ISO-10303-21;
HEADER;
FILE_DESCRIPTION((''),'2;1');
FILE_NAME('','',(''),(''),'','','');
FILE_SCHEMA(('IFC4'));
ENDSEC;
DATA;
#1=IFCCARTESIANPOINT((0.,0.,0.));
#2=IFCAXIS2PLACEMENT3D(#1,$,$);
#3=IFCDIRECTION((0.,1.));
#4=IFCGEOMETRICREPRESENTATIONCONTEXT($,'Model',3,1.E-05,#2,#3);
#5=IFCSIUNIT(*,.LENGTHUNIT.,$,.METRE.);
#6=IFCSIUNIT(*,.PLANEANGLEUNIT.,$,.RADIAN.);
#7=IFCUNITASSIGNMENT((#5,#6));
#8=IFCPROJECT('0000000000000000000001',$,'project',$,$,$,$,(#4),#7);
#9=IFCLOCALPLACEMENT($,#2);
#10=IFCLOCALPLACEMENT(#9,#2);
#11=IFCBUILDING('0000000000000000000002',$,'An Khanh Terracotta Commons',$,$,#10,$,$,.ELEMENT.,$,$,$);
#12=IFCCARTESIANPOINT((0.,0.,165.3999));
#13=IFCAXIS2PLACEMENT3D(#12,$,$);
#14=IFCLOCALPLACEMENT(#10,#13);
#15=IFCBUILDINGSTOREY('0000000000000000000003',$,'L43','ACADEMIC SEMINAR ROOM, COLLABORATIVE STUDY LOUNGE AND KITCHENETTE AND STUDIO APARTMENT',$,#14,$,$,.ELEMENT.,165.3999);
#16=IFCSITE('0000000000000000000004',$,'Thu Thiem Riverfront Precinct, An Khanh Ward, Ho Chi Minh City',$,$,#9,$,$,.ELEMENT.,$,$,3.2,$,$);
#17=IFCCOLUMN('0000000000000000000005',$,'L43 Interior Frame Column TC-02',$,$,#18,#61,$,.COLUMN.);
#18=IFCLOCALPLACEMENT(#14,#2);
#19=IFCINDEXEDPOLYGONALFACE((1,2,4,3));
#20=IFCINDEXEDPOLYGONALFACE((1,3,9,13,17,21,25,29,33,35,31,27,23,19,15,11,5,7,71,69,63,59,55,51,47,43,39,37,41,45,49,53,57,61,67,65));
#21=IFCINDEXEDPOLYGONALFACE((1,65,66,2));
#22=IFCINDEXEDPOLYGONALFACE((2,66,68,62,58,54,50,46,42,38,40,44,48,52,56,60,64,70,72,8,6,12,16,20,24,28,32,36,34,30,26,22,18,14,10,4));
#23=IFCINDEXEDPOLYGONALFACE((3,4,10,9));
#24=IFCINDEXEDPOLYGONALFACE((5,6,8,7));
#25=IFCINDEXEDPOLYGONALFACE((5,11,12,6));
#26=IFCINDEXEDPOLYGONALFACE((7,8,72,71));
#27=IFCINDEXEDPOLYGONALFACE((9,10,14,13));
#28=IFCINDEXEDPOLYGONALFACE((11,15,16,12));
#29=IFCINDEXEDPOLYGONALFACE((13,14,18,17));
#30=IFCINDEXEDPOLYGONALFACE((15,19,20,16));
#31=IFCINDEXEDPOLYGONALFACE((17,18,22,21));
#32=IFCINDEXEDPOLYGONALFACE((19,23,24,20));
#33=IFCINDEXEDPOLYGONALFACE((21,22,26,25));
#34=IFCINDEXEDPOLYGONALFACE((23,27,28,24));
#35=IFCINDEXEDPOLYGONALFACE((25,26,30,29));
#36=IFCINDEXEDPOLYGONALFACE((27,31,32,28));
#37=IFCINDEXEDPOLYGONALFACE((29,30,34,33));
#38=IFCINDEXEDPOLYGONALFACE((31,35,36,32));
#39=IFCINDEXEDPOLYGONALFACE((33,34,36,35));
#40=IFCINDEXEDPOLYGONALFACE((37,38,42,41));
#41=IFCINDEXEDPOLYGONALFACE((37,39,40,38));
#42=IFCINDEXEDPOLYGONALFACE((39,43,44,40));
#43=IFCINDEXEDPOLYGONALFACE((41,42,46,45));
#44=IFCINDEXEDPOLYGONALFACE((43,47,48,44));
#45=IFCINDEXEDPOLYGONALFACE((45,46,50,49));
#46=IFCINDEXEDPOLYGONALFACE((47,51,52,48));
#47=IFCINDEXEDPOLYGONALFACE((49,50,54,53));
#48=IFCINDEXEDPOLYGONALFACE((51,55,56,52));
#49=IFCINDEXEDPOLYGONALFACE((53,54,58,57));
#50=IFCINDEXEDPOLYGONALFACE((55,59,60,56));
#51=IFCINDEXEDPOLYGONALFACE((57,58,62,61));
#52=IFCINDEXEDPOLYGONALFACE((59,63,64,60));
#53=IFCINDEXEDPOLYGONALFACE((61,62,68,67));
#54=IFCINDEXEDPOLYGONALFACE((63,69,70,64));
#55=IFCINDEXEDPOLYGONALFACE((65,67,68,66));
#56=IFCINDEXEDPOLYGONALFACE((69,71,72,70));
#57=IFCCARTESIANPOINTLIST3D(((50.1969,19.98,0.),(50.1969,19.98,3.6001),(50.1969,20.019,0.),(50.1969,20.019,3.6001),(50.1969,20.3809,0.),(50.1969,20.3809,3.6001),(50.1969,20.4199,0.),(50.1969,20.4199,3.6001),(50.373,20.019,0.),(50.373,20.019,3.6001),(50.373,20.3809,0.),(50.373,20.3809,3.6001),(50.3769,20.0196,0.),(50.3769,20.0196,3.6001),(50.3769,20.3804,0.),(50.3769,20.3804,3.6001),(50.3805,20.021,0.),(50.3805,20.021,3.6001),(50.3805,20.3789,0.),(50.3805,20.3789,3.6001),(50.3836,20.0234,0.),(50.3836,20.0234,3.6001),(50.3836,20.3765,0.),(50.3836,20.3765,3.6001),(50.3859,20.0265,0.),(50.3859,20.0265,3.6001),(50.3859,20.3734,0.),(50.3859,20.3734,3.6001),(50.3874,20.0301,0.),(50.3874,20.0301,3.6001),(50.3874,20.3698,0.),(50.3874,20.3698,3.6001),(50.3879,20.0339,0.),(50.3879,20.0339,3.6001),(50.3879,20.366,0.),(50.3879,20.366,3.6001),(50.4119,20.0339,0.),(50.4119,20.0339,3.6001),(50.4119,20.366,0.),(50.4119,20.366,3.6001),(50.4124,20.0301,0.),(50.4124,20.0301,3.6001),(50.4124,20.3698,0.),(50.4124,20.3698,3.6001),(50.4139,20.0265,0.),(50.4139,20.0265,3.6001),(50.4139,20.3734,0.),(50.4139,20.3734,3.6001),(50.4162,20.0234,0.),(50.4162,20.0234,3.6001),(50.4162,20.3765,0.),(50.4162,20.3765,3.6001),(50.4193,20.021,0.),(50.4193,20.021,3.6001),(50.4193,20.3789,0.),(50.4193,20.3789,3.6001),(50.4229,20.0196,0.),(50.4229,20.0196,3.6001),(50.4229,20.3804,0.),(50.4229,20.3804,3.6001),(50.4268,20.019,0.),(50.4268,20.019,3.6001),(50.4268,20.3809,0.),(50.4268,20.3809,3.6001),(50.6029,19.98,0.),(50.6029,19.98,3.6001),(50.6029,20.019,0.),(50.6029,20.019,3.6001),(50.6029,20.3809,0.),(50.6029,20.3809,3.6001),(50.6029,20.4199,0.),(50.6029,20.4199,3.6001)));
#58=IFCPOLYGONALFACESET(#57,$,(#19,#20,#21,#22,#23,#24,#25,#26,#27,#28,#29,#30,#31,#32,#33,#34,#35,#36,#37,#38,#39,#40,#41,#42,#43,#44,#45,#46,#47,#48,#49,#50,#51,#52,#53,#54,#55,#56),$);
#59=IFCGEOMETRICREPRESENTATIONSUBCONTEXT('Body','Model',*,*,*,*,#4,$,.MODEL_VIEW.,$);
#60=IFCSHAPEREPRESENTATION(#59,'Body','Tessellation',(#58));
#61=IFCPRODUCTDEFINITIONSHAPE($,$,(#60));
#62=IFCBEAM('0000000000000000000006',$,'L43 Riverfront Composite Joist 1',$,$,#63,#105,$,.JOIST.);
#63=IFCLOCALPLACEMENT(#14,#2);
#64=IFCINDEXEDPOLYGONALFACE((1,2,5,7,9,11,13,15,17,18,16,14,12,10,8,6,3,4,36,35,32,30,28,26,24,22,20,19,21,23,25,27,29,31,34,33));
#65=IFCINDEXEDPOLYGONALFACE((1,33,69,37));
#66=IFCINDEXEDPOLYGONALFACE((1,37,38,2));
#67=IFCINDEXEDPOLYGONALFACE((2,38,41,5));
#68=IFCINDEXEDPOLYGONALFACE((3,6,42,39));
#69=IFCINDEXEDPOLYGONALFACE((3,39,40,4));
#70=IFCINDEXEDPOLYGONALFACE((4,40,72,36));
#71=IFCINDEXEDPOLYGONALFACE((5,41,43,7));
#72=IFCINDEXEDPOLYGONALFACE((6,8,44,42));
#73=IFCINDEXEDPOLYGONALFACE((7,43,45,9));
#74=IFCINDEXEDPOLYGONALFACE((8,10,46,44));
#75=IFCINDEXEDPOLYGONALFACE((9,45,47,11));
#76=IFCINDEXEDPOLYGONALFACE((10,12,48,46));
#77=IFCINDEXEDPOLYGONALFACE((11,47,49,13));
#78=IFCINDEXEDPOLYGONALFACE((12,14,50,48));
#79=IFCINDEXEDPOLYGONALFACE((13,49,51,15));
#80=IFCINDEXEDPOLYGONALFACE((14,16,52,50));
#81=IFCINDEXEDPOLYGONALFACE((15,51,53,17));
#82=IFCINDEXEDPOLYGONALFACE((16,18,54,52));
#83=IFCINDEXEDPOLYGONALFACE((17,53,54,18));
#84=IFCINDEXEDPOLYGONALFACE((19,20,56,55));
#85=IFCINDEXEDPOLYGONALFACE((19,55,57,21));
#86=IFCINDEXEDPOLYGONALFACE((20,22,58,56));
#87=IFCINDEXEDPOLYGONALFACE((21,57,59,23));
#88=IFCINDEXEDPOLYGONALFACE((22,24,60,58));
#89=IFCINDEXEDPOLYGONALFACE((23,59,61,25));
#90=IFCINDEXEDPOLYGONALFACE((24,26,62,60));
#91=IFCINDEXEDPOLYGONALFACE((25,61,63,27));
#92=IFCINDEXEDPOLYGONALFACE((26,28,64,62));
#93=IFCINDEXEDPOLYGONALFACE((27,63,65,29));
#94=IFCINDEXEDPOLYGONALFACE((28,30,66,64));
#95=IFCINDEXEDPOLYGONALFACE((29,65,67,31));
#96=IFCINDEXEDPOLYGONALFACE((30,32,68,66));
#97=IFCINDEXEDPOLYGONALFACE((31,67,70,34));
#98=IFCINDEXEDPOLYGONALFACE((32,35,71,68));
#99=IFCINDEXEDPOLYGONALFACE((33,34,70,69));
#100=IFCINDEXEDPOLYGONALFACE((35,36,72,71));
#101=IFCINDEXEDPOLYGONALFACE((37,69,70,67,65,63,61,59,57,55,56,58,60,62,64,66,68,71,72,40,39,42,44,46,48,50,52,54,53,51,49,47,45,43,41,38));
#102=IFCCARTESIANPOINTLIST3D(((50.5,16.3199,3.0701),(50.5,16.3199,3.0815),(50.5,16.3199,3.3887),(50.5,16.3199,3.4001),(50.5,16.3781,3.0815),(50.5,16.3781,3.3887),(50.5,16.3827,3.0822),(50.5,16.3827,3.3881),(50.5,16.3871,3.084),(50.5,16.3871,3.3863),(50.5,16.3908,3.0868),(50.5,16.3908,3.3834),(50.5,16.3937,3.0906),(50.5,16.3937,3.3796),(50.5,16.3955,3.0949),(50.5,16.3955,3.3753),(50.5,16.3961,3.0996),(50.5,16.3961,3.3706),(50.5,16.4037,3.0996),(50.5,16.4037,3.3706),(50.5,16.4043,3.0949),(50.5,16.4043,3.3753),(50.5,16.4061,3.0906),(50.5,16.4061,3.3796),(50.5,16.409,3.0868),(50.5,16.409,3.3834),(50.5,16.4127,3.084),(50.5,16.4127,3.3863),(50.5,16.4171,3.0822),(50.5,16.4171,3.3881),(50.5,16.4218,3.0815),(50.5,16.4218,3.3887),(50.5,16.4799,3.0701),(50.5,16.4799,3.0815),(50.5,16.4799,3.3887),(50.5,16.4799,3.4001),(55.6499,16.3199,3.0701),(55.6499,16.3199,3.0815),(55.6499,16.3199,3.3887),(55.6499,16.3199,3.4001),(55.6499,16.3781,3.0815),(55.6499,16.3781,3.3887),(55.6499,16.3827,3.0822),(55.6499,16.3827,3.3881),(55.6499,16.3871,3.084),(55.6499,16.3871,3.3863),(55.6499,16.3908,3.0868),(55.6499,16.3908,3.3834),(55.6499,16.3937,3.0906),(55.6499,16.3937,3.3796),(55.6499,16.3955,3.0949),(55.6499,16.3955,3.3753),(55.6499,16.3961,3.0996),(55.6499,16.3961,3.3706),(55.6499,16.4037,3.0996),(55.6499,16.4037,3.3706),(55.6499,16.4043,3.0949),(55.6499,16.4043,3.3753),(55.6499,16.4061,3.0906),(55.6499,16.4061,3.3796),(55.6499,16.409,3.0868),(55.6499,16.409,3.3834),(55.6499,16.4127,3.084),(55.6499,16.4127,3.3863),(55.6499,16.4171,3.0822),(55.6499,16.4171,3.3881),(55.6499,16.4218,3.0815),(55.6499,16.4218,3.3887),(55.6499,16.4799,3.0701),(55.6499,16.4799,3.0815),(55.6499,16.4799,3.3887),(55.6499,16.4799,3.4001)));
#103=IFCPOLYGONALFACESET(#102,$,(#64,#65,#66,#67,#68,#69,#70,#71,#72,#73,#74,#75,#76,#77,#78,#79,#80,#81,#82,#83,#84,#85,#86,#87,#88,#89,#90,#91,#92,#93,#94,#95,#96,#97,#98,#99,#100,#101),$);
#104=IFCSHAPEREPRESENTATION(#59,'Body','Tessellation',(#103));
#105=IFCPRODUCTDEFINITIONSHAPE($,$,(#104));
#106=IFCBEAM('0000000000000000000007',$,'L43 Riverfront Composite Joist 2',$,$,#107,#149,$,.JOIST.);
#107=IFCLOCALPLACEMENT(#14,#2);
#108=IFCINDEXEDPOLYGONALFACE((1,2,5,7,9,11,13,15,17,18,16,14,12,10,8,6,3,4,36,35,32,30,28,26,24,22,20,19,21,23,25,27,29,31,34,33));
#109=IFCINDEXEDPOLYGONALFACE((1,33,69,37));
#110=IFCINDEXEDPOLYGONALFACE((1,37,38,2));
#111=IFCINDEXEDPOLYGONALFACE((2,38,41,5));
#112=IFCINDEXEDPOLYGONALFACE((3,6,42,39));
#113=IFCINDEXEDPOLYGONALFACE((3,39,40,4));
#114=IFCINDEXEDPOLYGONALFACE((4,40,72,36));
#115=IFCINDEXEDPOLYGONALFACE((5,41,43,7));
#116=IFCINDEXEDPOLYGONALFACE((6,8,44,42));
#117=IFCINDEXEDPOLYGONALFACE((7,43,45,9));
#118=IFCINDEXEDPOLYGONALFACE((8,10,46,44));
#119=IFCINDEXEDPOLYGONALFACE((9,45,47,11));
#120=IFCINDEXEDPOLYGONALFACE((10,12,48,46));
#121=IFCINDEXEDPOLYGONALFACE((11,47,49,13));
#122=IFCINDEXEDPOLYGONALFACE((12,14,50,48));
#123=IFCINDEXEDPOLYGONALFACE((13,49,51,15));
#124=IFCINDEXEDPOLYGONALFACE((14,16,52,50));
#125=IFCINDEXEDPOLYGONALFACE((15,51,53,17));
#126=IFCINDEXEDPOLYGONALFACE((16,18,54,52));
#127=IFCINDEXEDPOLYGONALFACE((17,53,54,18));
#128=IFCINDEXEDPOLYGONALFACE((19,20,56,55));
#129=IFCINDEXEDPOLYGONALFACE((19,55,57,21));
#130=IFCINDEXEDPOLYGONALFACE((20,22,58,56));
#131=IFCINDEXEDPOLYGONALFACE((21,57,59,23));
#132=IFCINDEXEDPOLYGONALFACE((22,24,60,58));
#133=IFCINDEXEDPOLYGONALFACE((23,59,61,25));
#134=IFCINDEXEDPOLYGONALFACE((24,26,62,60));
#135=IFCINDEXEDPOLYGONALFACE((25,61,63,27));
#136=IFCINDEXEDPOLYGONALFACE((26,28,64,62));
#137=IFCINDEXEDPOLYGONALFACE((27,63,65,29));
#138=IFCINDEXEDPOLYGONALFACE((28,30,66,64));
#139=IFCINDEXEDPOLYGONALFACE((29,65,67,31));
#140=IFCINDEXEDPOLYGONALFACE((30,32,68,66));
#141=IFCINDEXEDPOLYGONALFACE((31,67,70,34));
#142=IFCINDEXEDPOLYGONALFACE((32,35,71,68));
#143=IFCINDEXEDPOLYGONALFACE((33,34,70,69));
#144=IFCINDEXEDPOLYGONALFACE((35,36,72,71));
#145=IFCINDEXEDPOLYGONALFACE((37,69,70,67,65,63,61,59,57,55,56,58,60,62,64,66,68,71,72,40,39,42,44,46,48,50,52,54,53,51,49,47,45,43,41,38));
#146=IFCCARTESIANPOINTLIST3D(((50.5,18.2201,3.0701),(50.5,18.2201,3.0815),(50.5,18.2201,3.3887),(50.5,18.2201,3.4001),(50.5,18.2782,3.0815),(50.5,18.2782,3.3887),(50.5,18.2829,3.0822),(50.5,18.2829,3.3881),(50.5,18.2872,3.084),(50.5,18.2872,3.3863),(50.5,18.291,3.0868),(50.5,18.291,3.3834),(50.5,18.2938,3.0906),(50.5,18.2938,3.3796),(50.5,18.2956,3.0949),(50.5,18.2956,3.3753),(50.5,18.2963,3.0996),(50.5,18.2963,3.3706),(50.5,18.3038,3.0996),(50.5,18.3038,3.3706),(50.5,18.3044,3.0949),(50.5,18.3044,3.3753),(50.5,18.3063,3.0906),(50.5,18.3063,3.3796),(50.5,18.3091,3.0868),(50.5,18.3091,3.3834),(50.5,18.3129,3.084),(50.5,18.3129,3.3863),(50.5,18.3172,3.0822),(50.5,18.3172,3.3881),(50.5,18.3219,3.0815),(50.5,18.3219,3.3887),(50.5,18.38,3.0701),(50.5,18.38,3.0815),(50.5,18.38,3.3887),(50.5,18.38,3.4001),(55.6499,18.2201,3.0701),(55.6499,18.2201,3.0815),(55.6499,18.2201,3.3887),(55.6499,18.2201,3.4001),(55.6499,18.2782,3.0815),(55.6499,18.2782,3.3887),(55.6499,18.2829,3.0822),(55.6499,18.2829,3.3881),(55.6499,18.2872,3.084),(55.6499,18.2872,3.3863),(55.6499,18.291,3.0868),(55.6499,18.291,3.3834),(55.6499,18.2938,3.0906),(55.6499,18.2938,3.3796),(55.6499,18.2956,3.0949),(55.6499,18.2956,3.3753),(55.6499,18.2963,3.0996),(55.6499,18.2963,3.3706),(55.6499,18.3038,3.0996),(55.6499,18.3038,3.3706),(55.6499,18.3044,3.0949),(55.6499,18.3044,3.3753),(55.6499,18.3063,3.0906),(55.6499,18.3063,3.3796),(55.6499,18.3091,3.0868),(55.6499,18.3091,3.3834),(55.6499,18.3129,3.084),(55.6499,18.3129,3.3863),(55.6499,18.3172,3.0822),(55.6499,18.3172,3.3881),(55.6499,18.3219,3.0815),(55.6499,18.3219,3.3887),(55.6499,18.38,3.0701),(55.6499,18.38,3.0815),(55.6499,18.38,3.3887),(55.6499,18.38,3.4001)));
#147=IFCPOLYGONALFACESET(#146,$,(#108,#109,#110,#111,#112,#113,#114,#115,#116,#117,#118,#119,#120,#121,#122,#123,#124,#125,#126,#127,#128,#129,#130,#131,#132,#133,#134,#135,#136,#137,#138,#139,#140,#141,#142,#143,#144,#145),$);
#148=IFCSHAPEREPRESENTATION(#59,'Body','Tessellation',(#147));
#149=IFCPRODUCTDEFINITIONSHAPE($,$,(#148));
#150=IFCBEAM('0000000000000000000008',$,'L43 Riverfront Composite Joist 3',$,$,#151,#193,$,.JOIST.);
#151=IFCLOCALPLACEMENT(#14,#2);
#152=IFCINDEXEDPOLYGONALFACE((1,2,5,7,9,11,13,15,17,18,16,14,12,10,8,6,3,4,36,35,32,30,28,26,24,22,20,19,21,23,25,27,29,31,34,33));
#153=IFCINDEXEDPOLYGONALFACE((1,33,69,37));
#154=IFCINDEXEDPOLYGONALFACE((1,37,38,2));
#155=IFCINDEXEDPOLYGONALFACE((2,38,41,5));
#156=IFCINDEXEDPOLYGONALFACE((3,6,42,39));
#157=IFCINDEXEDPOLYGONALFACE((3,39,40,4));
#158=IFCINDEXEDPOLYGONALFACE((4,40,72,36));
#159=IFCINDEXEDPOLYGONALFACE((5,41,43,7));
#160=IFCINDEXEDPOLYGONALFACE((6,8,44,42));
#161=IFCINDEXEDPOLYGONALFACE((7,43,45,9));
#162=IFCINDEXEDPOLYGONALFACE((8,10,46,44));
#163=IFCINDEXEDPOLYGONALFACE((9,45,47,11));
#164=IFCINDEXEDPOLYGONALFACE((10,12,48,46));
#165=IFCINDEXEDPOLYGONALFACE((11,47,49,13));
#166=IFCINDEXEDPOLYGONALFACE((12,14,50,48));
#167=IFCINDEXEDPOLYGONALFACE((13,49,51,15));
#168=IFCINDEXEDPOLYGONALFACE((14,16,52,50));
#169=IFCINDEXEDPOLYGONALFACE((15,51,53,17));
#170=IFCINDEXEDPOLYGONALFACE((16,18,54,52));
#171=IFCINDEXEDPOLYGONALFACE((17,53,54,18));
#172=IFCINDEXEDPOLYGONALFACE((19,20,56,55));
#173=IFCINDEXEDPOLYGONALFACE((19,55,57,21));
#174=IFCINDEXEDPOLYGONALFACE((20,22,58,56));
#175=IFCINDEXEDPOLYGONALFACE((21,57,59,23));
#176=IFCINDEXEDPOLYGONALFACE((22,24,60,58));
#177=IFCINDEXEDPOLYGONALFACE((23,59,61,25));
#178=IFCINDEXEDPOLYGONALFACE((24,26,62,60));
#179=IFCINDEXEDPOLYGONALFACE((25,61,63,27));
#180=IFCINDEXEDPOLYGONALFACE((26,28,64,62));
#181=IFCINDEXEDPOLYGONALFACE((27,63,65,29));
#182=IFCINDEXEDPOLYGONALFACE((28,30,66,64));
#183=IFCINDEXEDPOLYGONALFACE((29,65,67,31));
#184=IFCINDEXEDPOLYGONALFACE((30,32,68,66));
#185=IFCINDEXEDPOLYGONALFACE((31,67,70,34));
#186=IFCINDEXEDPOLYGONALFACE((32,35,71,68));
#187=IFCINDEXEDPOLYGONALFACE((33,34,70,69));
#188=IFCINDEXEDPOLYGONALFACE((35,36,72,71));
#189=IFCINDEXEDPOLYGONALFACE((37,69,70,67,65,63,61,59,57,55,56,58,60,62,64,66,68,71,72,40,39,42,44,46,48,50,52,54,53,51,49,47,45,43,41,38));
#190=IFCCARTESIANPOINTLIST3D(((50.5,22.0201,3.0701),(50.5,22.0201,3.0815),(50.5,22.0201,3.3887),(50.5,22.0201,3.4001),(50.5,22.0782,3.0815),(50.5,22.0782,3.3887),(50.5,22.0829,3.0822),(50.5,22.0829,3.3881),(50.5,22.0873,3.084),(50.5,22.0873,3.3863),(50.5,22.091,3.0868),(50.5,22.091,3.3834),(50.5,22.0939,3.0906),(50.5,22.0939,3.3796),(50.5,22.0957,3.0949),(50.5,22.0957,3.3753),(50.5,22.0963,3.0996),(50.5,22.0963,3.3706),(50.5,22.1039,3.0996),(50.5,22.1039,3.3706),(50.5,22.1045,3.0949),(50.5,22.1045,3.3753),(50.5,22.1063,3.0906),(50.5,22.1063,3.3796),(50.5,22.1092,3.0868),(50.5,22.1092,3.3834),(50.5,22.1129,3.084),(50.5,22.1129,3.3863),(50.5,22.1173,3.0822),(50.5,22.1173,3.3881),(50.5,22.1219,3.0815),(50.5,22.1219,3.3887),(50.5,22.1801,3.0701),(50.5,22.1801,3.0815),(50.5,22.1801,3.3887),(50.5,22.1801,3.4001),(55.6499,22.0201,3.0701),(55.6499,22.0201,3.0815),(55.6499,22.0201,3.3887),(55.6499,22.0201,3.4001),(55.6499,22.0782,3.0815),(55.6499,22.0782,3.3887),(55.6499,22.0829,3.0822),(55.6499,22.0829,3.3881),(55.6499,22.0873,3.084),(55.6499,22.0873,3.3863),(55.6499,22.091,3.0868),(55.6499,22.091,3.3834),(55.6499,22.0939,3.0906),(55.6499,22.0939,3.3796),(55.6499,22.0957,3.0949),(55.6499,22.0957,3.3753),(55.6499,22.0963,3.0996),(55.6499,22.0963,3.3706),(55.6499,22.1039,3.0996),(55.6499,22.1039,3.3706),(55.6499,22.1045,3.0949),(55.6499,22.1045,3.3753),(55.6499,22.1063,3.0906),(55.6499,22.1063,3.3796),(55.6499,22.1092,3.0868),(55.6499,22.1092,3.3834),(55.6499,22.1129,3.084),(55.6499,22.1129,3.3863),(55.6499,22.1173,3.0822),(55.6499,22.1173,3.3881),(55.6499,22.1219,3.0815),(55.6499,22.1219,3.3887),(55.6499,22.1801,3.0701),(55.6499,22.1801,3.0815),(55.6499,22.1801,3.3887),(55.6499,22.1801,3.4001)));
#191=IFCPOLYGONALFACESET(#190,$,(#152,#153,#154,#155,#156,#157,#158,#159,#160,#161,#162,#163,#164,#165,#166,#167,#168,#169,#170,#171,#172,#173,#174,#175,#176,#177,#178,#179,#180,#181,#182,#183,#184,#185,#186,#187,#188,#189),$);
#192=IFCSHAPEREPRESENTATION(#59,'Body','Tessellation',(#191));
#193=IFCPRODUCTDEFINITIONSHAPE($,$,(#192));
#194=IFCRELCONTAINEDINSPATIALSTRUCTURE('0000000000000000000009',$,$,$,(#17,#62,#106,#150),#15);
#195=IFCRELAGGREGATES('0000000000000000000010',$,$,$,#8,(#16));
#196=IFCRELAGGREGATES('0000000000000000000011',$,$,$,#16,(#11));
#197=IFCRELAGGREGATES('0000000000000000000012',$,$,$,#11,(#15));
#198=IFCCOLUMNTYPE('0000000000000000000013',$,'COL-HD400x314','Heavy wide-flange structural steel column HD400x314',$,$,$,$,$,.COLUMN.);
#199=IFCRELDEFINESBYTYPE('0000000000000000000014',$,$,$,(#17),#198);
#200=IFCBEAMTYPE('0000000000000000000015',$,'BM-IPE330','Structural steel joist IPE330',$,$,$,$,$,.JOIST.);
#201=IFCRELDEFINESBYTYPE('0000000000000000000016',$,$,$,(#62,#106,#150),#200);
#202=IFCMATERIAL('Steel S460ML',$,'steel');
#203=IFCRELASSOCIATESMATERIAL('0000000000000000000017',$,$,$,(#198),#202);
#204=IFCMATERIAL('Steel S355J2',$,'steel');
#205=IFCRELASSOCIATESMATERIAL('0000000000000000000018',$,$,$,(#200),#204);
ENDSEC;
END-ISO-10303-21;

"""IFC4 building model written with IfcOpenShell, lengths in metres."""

from ifc_helpers import new_model, si_unit, direction, frame, origin, origin_2d, place, context, subcontext, project, spatial, i_section, extrude, material, material_profile, profile_set, type_object, element, save


model = new_model("IFC4")

# Units and contexts
model_context = context("Model", 3, precision=1e-05, world=origin(), true_north=direction((0.0, 1.0)))
body_context = subcontext(model_context, "Body", "Model", "MODEL_VIEW")
ifc_project = project(units=[si_unit("LENGTHUNIT", "METRE"), si_unit("PLANEANGLEUNIT", "RADIAN")], contexts=[model_context])

# Site, building, storey
site_placement = place(None, origin())
site = spatial("IfcSite", under=ifc_project, at=site_placement, Name="Thu Thiem Riverfront Precinct, An Khanh Ward, Ho Chi Minh City", CompositionType="ELEMENT", RefElevation=3.2)
building_placement = place(site_placement, origin())
building = spatial("IfcBuilding", under=site, at=building_placement, Name="An Khanh Terracotta Commons", CompositionType="ELEMENT")
storey_placement = place(building_placement, frame((0.0, 0.0, 165.3999)))
storey = spatial("IfcBuildingStorey", under=building, at=storey_placement, Name="L43", Description="ACADEMIC SEMINAR ROOM, COLLABORATIVE STUDY LOUNGE AND KITCHENETTE AND STUDIO APARTMENT", CompositionType="ELEMENT", Elevation=165.3999)

# Column
ifc_material_1 = material(Name="Steel S460ML", Category="steel")
ifc_material_profile_1 = material_profile(ifc_material_1, i_section(OverallWidth=0.406, OverallDepth=0.4399, WebThickness=0.0239, FlangeThickness=0.0391, FilletRadius=0.0149, at=origin_2d()), Name="HD400x314")
ifc_profile_set_1 = profile_set([ifc_material_profile_1], Name="Steel S460ML")
column_type = type_object("IfcColumnType", Name="COL-HD400x314", Description="Heavy wide-flange structural steel column HD400x314", PredefinedType="COLUMN", material=ifc_profile_set_1)
column_placement = place(storey_placement, frame((50.3999, 20.2, 0.0), z_axis=(0.0, 0.0, 1.0), x_axis=(1.0, 0.0, 0.0)))
element("IfcColumn", 1, at=column_placement, inside=storey, type_object=column_type, Name="L43 Interior Frame Column TC-02", PredefinedType="COLUMN", context=body_context, shape_type="SweptSolid", body=[
    extrude(i_section(OverallWidth=0.406, OverallDepth=0.4399, WebThickness=0.0239, FlangeThickness=0.0391, FilletRadius=0.0149, at=origin_2d()), origin(), (0.0, 0.0, 1.0), 3.6001),
])

# Beams
ifc_material_2 = material(Name="Steel S355J2", Category="steel")
ifc_material_profile_2 = material_profile(ifc_material_2, i_section(OverallWidth=0.1599, OverallDepth=0.3301, WebThickness=0.0076, FlangeThickness=0.0115, FilletRadius=0.0181, at=origin_2d()), Name="IPE330")
ifc_profile_set_2 = profile_set([ifc_material_profile_2], Name="Steel S355J2")
beam_type_1 = type_object("IfcBeamType", Name="BM-IPE330", Description="Structural steel joist IPE330", PredefinedType="JOIST", material=ifc_profile_set_2)
for number, where, z_axis, x_axis, name in (
    (2, (50.5, 16.3999, 3.2351), (1.0, 0.0, 0.0), (0.0, 1.0, 0.0), "L43 Riverfront Composite Joist 1"),
    (3, (50.5, 18.3, 3.2351), (1.0, 0.0, 0.0), (0.0, 1.0, 0.0), "L43 Riverfront Composite Joist 2"),
    (4, (50.5, 22.1001, 3.2351), (1.0, 0.0, 0.0), (0.0, 1.0, 0.0), "L43 Riverfront Composite Joist 3"),
):
    element("IfcBeam", number, at=place(storey_placement, frame(where, z_axis=z_axis, x_axis=x_axis)), inside=storey, type_object=beam_type_1, Name=name, PredefinedType="JOIST", context=body_context, shape_type="SweptSolid", body=[
        extrude(i_section(OverallWidth=0.1599, OverallDepth=0.3301, WebThickness=0.0076, FlangeThickness=0.0115, FilletRadius=0.0181, at=origin_2d()), origin(), (0.0, 0.0, 1.0), 5.1499),
    ])

save(model, "model.ifc")
